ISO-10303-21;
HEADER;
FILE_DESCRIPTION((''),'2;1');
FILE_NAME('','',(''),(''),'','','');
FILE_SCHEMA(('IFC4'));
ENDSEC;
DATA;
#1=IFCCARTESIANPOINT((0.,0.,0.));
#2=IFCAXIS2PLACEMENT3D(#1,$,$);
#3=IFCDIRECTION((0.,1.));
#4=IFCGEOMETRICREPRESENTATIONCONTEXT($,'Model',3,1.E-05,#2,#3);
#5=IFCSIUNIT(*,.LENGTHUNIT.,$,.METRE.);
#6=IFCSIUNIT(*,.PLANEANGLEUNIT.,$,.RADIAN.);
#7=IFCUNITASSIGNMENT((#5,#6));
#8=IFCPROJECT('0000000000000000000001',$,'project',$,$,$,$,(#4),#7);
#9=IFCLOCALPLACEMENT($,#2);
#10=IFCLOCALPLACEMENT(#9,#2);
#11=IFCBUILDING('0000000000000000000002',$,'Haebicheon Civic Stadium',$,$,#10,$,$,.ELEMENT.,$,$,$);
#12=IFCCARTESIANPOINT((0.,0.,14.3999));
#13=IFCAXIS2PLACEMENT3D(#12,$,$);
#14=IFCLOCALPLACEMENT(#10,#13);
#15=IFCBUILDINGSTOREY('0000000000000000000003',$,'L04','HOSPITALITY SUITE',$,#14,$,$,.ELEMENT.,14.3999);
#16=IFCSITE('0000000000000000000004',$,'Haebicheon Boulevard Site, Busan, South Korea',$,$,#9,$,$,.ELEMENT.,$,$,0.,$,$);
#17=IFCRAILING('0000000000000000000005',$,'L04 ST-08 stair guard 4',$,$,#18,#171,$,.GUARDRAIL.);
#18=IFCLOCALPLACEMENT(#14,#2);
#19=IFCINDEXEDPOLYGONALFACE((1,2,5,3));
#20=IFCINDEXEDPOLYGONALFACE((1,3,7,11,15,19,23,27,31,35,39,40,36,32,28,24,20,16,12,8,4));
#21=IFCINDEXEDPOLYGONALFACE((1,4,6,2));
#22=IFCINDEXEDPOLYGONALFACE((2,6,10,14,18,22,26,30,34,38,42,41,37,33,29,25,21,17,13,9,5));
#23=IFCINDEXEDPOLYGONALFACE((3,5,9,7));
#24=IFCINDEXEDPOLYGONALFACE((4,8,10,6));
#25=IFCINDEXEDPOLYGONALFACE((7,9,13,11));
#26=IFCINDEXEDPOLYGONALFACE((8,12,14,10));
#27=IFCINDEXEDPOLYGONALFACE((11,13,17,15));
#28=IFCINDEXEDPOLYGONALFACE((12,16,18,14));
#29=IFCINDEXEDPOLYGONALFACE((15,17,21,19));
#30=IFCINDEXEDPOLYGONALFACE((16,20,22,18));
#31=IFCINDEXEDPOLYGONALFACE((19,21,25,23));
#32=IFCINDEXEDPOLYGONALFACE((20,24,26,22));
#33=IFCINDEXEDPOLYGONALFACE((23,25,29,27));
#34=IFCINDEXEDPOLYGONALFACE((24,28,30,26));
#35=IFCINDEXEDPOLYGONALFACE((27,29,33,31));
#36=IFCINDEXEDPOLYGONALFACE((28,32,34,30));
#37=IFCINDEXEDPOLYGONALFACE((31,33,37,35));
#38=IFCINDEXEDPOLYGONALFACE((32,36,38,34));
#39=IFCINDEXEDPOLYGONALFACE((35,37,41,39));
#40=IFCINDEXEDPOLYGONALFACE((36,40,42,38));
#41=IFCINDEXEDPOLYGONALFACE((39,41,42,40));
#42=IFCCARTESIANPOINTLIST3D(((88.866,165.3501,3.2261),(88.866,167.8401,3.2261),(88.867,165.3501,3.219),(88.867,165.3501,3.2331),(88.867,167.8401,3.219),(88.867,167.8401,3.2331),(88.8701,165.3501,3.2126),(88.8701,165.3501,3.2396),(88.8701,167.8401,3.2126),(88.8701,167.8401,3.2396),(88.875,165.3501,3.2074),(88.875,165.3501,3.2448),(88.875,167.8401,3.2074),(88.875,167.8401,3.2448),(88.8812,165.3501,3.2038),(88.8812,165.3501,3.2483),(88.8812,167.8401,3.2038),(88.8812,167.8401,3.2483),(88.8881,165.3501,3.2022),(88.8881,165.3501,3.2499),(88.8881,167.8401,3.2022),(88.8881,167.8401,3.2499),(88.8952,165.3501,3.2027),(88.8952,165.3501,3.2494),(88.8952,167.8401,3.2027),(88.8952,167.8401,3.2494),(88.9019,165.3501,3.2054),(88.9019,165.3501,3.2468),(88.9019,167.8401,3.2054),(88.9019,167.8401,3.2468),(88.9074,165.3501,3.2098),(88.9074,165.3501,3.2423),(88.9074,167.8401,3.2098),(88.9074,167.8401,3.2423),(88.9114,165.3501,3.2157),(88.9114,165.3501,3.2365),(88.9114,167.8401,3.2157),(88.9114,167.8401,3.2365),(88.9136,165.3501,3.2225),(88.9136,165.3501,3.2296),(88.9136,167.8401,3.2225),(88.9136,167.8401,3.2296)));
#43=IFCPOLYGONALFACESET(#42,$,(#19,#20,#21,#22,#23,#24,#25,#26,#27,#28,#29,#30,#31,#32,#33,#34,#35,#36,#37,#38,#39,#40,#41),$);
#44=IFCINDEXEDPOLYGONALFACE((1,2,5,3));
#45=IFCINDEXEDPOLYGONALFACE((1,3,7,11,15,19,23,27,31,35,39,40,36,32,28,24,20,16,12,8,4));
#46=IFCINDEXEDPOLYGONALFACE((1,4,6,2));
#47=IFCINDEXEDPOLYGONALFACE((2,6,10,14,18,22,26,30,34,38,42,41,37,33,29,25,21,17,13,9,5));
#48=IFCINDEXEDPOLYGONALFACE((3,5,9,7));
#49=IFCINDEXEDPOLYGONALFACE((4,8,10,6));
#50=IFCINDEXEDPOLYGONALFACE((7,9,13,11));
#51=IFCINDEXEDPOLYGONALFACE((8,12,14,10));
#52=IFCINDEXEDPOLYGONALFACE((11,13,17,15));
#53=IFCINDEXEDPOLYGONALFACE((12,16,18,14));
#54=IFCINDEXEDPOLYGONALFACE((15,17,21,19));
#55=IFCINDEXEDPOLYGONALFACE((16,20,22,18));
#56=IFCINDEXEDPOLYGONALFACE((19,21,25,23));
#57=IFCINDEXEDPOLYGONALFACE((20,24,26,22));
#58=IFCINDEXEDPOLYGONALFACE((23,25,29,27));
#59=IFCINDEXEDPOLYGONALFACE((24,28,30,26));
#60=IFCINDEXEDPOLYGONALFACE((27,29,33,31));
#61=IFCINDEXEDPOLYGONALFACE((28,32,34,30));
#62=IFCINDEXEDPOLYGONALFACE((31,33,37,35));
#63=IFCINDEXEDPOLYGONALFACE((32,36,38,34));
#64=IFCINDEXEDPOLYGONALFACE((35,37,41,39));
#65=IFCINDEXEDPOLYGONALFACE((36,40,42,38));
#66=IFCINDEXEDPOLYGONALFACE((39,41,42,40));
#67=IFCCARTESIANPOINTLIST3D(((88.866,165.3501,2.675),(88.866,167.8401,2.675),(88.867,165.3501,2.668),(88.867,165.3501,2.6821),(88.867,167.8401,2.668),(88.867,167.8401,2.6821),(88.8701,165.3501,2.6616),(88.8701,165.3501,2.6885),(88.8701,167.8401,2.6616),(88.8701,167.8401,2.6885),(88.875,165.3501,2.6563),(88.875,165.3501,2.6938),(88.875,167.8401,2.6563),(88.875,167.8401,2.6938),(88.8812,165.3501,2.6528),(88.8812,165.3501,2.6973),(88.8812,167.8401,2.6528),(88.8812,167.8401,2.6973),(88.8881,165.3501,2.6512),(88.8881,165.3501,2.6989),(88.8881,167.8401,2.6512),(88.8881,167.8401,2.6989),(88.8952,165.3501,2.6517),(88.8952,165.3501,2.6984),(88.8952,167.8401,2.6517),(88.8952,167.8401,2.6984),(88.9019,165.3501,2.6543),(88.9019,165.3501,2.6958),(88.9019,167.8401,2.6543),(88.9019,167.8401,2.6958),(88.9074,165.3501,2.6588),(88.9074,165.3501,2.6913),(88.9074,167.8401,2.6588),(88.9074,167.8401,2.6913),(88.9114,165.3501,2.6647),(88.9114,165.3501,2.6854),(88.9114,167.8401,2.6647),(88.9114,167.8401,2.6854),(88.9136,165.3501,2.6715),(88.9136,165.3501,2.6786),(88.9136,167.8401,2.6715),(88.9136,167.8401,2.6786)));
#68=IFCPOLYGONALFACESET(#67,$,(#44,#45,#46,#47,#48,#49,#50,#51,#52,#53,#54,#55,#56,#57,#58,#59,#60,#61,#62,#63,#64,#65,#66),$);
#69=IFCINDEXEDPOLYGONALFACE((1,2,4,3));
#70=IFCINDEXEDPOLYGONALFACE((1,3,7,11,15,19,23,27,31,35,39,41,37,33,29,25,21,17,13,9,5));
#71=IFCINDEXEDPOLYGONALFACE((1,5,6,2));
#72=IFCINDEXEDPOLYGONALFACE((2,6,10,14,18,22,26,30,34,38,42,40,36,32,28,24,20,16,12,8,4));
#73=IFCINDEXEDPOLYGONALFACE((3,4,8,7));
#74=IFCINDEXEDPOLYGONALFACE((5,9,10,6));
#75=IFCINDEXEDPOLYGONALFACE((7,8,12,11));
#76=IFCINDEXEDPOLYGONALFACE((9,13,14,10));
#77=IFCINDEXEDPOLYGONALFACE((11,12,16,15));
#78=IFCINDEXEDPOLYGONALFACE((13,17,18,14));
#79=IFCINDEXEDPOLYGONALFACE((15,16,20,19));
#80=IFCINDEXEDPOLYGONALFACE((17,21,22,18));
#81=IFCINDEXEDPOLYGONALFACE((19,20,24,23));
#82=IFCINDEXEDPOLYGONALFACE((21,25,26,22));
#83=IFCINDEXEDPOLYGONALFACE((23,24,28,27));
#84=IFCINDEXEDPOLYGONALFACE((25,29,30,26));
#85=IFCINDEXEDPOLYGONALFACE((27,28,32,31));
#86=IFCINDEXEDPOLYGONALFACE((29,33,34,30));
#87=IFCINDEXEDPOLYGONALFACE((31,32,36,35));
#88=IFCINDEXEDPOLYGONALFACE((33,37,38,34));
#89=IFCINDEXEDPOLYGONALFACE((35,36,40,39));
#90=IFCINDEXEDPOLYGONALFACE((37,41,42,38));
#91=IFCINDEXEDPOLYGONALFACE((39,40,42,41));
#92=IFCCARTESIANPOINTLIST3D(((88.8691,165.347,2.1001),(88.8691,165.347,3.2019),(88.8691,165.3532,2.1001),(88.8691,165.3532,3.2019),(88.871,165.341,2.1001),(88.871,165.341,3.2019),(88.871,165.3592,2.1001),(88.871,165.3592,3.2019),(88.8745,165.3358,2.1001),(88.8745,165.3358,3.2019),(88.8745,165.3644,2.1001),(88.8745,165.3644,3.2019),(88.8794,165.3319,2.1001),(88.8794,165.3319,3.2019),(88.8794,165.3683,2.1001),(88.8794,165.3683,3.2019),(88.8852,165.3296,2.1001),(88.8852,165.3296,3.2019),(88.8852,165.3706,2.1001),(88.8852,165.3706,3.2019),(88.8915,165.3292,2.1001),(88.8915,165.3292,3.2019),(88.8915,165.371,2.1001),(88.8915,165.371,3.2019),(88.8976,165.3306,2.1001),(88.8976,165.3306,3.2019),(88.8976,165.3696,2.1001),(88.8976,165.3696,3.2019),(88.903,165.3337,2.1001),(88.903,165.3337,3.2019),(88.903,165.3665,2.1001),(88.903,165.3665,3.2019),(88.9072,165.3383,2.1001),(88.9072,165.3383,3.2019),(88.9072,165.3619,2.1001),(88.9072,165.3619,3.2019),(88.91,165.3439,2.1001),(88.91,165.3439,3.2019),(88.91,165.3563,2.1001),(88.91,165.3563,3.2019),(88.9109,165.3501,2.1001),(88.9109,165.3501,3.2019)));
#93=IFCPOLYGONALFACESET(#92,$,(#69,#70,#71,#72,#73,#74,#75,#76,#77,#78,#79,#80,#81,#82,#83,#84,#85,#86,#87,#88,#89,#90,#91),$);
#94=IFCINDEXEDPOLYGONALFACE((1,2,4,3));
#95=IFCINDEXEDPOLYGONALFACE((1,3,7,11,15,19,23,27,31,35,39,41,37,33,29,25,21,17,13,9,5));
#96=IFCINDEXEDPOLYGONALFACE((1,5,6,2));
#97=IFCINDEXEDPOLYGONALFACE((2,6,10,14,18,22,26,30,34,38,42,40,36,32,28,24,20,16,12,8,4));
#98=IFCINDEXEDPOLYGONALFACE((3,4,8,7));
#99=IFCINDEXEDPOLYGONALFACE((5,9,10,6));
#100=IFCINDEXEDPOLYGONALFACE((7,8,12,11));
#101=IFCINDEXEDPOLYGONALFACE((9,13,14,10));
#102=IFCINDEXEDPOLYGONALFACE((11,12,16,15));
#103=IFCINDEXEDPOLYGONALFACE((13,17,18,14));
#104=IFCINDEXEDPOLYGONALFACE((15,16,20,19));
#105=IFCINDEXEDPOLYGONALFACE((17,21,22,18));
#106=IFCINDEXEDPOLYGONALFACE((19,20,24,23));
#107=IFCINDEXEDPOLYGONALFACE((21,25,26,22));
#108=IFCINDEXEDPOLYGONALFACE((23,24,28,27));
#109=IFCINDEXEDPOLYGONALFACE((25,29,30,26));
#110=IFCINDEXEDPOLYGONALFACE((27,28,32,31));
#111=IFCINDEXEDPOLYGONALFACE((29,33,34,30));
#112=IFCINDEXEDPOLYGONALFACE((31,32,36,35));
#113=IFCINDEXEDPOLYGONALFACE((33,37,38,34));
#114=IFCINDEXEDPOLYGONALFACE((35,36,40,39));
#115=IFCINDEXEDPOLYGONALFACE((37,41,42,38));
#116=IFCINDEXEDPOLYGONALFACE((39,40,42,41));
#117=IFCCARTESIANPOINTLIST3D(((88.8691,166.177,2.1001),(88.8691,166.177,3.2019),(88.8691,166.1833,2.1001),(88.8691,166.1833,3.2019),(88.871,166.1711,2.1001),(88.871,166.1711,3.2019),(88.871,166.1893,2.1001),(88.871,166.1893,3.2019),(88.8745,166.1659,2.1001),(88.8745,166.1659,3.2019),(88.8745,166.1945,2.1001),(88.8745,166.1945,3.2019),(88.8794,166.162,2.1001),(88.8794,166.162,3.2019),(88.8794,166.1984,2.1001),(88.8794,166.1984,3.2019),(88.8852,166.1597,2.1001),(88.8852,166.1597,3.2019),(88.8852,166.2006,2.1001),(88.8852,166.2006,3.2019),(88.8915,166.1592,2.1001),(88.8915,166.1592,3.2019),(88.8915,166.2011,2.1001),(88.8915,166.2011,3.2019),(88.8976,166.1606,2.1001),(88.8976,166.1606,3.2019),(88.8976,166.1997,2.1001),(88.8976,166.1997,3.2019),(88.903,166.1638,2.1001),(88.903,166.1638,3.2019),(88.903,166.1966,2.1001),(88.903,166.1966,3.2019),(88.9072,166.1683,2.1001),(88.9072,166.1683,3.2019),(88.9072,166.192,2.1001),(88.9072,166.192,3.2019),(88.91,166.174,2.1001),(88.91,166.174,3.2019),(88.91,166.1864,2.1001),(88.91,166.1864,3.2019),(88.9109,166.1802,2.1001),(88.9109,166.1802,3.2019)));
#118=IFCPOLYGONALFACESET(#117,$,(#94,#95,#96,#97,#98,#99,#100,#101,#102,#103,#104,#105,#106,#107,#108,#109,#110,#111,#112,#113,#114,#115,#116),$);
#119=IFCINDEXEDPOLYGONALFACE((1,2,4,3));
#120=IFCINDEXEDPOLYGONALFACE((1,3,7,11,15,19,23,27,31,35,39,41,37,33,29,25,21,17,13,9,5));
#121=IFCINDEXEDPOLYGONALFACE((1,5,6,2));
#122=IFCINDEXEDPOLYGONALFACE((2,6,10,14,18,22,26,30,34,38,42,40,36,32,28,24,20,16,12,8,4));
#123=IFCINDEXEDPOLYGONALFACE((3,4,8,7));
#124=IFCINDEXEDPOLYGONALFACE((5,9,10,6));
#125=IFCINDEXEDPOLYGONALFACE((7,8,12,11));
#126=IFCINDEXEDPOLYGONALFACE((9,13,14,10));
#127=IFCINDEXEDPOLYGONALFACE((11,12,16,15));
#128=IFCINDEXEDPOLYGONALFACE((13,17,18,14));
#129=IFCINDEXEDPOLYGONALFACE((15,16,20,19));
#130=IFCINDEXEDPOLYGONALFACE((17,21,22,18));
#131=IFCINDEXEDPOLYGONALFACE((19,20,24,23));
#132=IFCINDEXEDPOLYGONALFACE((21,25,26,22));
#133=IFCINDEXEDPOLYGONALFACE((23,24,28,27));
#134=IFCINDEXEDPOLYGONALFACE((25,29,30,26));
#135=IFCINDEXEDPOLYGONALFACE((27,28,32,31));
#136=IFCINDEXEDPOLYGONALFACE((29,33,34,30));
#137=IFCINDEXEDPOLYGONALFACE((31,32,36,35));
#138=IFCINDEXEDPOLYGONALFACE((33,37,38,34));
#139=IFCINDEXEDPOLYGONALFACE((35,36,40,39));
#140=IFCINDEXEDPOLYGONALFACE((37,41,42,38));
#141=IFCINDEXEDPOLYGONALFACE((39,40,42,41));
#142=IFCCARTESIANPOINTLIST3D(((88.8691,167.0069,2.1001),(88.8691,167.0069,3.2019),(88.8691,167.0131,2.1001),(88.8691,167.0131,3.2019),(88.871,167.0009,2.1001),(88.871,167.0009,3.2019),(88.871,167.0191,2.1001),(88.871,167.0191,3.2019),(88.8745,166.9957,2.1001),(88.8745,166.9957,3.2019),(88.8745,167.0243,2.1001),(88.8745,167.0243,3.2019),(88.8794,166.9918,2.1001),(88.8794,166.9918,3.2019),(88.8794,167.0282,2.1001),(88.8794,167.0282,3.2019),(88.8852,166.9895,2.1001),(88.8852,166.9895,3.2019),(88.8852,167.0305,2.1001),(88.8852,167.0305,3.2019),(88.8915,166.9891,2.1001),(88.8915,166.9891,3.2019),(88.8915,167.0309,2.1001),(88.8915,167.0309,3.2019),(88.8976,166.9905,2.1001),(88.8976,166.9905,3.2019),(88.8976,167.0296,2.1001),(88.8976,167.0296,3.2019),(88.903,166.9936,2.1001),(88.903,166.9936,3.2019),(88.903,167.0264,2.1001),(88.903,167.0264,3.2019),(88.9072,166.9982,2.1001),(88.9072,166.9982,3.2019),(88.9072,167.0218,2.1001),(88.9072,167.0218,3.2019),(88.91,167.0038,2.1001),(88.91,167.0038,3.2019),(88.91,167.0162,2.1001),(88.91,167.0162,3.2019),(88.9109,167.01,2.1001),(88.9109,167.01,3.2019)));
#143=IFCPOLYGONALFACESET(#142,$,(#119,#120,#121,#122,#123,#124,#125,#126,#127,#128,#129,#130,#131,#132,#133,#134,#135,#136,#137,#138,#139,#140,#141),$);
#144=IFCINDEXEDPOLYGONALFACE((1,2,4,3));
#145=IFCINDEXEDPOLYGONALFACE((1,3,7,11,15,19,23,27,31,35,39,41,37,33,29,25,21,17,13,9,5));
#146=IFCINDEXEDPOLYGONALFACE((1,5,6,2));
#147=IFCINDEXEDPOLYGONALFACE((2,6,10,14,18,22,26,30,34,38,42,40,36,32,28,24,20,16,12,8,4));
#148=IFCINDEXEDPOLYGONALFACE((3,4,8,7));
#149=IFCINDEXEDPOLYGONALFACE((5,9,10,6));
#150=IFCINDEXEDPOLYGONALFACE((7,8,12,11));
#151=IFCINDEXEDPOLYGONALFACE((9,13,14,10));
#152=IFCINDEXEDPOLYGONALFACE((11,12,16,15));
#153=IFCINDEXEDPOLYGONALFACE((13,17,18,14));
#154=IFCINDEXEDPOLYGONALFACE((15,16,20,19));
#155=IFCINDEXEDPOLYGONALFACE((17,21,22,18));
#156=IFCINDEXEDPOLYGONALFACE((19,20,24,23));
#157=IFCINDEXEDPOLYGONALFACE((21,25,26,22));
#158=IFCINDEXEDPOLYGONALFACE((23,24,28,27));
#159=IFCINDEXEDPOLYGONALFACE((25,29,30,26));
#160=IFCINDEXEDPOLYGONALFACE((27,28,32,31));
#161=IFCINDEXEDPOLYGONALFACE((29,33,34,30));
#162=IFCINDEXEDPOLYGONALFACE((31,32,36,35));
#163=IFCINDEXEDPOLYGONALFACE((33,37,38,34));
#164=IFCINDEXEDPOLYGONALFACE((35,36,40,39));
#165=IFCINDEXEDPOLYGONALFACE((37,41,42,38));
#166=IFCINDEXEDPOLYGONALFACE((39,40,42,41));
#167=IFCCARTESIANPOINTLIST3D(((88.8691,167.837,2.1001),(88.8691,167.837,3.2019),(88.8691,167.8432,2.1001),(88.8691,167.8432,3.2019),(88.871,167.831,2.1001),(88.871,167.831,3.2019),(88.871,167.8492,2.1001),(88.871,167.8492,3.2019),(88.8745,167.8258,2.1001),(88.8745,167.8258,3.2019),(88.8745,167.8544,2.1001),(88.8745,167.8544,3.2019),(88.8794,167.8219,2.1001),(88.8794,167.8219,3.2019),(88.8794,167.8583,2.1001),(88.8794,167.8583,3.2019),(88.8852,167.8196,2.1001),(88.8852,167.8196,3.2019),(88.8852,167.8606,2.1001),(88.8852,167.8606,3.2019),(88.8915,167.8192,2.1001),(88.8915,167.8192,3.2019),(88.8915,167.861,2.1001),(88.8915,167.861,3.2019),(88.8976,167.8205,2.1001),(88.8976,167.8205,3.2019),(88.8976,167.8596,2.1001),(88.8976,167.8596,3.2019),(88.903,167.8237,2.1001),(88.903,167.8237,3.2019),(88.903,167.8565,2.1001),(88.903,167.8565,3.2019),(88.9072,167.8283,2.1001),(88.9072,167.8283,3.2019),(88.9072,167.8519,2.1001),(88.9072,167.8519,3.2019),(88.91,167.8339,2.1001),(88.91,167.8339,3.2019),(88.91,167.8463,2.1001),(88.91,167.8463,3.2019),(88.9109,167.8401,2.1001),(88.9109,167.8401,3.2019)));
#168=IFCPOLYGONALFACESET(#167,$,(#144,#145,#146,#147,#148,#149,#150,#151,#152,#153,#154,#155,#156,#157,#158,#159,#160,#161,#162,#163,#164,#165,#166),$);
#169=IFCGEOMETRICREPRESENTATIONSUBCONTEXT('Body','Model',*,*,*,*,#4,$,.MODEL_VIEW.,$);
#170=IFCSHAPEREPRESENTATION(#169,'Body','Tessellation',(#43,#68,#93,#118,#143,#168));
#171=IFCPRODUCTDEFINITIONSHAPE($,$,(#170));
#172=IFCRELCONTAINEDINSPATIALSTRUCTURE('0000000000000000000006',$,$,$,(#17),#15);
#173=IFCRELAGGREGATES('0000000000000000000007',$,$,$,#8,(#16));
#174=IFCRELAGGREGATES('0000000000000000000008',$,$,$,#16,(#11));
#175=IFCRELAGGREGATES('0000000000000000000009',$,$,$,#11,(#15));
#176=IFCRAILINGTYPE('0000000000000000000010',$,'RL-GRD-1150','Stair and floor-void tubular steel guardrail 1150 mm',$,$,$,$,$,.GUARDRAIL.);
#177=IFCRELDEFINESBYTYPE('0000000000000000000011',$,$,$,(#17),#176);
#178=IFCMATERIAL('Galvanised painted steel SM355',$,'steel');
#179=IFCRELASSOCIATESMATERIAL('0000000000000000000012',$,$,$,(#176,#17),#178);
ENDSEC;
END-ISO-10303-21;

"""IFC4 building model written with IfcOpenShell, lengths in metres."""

from ifc_helpers import new_model, si_unit, direction, frame, origin, origin_2d, place, context, subcontext, project, spatial, circle, extrude, material, type_object, element, save


model = new_model("IFC4")

# Units and contexts
model_context = context("Model", 3, precision=1e-05, world=origin(), true_north=direction((0.0, 1.0)))
body_context = subcontext(model_context, "Body", "Model", "MODEL_VIEW")
ifc_project = project(units=[si_unit("LENGTHUNIT", "METRE"), si_unit("PLANEANGLEUNIT", "RADIAN")], contexts=[model_context])

# Site, building, storey
site_placement = place(None, origin())
site = spatial("IfcSite", under=ifc_project, at=site_placement, Name="Haebicheon Boulevard Site, Busan, South Korea", CompositionType="ELEMENT", RefElevation=0.0)
building_placement = place(site_placement, origin())
building = spatial("IfcBuilding", under=site, at=building_placement, Name="Haebicheon Civic Stadium", CompositionType="ELEMENT")
storey_placement = place(building_placement, frame((0.0, 0.0, 14.3999)))
storey = spatial("IfcBuildingStorey", under=building, at=storey_placement, Name="L04", Description="HOSPITALITY SUITE", CompositionType="ELEMENT", Elevation=14.3999)

# Railing
ifc_material_1 = material(Name="Galvanised painted steel SM355", Category="steel")
railing_type_1 = type_object("IfcRailingType", Name="RL-GRD-1150", Description="Stair and floor-void tubular steel guardrail 1150 mm", PredefinedType="GUARDRAIL", material=ifc_material_1)
for number, where, name in (
    (1, (88.8899, 165.3501, 2.1001), "L04 ST-08 stair guard 4"),
):
    element("IfcRailing", number, at=place(storey_placement, frame(where)), inside=storey, type_object=railing_type_1, material=ifc_material_1, Name=name, PredefinedType="GUARDRAIL", context=body_context, shape_type="SweptSolid", body=[
        extrude(circle(Radius=0.0239, at=origin_2d()), frame((0.0, 0.0, 1.126), z_axis=(0.0, 1.0, 0.0), x_axis=(-1.0, 0.0, 0.0)), (0.0, 0.0, 1.0), 2.49),
        extrude(circle(Radius=0.0239, at=origin_2d()), frame((0.0, 0.0, 0.575), z_axis=(0.0, 1.0, 0.0), x_axis=(-1.0, 0.0, 0.0)), (0.0, 0.0, 1.0), 2.49),
        extrude(circle(Radius=0.021, at=origin_2d()), origin(), (0.0, 0.0, 1.0), 1.1018),
        extrude(circle(Radius=0.021, at=origin_2d()), frame((0.0, 0.8301, 0.0)), (0.0, 0.0, 1.0), 1.1018),
        extrude(circle(Radius=0.021, at=origin_2d()), frame((0.0, 1.6599, 0.0)), (0.0, 0.0, 1.0), 1.1018),
        extrude(circle(Radius=0.021, at=origin_2d()), frame((0.0, 2.49, 0.0)), (0.0, 0.0, 1.0), 1.1018),
    ])

save(model, "model.ifc")
